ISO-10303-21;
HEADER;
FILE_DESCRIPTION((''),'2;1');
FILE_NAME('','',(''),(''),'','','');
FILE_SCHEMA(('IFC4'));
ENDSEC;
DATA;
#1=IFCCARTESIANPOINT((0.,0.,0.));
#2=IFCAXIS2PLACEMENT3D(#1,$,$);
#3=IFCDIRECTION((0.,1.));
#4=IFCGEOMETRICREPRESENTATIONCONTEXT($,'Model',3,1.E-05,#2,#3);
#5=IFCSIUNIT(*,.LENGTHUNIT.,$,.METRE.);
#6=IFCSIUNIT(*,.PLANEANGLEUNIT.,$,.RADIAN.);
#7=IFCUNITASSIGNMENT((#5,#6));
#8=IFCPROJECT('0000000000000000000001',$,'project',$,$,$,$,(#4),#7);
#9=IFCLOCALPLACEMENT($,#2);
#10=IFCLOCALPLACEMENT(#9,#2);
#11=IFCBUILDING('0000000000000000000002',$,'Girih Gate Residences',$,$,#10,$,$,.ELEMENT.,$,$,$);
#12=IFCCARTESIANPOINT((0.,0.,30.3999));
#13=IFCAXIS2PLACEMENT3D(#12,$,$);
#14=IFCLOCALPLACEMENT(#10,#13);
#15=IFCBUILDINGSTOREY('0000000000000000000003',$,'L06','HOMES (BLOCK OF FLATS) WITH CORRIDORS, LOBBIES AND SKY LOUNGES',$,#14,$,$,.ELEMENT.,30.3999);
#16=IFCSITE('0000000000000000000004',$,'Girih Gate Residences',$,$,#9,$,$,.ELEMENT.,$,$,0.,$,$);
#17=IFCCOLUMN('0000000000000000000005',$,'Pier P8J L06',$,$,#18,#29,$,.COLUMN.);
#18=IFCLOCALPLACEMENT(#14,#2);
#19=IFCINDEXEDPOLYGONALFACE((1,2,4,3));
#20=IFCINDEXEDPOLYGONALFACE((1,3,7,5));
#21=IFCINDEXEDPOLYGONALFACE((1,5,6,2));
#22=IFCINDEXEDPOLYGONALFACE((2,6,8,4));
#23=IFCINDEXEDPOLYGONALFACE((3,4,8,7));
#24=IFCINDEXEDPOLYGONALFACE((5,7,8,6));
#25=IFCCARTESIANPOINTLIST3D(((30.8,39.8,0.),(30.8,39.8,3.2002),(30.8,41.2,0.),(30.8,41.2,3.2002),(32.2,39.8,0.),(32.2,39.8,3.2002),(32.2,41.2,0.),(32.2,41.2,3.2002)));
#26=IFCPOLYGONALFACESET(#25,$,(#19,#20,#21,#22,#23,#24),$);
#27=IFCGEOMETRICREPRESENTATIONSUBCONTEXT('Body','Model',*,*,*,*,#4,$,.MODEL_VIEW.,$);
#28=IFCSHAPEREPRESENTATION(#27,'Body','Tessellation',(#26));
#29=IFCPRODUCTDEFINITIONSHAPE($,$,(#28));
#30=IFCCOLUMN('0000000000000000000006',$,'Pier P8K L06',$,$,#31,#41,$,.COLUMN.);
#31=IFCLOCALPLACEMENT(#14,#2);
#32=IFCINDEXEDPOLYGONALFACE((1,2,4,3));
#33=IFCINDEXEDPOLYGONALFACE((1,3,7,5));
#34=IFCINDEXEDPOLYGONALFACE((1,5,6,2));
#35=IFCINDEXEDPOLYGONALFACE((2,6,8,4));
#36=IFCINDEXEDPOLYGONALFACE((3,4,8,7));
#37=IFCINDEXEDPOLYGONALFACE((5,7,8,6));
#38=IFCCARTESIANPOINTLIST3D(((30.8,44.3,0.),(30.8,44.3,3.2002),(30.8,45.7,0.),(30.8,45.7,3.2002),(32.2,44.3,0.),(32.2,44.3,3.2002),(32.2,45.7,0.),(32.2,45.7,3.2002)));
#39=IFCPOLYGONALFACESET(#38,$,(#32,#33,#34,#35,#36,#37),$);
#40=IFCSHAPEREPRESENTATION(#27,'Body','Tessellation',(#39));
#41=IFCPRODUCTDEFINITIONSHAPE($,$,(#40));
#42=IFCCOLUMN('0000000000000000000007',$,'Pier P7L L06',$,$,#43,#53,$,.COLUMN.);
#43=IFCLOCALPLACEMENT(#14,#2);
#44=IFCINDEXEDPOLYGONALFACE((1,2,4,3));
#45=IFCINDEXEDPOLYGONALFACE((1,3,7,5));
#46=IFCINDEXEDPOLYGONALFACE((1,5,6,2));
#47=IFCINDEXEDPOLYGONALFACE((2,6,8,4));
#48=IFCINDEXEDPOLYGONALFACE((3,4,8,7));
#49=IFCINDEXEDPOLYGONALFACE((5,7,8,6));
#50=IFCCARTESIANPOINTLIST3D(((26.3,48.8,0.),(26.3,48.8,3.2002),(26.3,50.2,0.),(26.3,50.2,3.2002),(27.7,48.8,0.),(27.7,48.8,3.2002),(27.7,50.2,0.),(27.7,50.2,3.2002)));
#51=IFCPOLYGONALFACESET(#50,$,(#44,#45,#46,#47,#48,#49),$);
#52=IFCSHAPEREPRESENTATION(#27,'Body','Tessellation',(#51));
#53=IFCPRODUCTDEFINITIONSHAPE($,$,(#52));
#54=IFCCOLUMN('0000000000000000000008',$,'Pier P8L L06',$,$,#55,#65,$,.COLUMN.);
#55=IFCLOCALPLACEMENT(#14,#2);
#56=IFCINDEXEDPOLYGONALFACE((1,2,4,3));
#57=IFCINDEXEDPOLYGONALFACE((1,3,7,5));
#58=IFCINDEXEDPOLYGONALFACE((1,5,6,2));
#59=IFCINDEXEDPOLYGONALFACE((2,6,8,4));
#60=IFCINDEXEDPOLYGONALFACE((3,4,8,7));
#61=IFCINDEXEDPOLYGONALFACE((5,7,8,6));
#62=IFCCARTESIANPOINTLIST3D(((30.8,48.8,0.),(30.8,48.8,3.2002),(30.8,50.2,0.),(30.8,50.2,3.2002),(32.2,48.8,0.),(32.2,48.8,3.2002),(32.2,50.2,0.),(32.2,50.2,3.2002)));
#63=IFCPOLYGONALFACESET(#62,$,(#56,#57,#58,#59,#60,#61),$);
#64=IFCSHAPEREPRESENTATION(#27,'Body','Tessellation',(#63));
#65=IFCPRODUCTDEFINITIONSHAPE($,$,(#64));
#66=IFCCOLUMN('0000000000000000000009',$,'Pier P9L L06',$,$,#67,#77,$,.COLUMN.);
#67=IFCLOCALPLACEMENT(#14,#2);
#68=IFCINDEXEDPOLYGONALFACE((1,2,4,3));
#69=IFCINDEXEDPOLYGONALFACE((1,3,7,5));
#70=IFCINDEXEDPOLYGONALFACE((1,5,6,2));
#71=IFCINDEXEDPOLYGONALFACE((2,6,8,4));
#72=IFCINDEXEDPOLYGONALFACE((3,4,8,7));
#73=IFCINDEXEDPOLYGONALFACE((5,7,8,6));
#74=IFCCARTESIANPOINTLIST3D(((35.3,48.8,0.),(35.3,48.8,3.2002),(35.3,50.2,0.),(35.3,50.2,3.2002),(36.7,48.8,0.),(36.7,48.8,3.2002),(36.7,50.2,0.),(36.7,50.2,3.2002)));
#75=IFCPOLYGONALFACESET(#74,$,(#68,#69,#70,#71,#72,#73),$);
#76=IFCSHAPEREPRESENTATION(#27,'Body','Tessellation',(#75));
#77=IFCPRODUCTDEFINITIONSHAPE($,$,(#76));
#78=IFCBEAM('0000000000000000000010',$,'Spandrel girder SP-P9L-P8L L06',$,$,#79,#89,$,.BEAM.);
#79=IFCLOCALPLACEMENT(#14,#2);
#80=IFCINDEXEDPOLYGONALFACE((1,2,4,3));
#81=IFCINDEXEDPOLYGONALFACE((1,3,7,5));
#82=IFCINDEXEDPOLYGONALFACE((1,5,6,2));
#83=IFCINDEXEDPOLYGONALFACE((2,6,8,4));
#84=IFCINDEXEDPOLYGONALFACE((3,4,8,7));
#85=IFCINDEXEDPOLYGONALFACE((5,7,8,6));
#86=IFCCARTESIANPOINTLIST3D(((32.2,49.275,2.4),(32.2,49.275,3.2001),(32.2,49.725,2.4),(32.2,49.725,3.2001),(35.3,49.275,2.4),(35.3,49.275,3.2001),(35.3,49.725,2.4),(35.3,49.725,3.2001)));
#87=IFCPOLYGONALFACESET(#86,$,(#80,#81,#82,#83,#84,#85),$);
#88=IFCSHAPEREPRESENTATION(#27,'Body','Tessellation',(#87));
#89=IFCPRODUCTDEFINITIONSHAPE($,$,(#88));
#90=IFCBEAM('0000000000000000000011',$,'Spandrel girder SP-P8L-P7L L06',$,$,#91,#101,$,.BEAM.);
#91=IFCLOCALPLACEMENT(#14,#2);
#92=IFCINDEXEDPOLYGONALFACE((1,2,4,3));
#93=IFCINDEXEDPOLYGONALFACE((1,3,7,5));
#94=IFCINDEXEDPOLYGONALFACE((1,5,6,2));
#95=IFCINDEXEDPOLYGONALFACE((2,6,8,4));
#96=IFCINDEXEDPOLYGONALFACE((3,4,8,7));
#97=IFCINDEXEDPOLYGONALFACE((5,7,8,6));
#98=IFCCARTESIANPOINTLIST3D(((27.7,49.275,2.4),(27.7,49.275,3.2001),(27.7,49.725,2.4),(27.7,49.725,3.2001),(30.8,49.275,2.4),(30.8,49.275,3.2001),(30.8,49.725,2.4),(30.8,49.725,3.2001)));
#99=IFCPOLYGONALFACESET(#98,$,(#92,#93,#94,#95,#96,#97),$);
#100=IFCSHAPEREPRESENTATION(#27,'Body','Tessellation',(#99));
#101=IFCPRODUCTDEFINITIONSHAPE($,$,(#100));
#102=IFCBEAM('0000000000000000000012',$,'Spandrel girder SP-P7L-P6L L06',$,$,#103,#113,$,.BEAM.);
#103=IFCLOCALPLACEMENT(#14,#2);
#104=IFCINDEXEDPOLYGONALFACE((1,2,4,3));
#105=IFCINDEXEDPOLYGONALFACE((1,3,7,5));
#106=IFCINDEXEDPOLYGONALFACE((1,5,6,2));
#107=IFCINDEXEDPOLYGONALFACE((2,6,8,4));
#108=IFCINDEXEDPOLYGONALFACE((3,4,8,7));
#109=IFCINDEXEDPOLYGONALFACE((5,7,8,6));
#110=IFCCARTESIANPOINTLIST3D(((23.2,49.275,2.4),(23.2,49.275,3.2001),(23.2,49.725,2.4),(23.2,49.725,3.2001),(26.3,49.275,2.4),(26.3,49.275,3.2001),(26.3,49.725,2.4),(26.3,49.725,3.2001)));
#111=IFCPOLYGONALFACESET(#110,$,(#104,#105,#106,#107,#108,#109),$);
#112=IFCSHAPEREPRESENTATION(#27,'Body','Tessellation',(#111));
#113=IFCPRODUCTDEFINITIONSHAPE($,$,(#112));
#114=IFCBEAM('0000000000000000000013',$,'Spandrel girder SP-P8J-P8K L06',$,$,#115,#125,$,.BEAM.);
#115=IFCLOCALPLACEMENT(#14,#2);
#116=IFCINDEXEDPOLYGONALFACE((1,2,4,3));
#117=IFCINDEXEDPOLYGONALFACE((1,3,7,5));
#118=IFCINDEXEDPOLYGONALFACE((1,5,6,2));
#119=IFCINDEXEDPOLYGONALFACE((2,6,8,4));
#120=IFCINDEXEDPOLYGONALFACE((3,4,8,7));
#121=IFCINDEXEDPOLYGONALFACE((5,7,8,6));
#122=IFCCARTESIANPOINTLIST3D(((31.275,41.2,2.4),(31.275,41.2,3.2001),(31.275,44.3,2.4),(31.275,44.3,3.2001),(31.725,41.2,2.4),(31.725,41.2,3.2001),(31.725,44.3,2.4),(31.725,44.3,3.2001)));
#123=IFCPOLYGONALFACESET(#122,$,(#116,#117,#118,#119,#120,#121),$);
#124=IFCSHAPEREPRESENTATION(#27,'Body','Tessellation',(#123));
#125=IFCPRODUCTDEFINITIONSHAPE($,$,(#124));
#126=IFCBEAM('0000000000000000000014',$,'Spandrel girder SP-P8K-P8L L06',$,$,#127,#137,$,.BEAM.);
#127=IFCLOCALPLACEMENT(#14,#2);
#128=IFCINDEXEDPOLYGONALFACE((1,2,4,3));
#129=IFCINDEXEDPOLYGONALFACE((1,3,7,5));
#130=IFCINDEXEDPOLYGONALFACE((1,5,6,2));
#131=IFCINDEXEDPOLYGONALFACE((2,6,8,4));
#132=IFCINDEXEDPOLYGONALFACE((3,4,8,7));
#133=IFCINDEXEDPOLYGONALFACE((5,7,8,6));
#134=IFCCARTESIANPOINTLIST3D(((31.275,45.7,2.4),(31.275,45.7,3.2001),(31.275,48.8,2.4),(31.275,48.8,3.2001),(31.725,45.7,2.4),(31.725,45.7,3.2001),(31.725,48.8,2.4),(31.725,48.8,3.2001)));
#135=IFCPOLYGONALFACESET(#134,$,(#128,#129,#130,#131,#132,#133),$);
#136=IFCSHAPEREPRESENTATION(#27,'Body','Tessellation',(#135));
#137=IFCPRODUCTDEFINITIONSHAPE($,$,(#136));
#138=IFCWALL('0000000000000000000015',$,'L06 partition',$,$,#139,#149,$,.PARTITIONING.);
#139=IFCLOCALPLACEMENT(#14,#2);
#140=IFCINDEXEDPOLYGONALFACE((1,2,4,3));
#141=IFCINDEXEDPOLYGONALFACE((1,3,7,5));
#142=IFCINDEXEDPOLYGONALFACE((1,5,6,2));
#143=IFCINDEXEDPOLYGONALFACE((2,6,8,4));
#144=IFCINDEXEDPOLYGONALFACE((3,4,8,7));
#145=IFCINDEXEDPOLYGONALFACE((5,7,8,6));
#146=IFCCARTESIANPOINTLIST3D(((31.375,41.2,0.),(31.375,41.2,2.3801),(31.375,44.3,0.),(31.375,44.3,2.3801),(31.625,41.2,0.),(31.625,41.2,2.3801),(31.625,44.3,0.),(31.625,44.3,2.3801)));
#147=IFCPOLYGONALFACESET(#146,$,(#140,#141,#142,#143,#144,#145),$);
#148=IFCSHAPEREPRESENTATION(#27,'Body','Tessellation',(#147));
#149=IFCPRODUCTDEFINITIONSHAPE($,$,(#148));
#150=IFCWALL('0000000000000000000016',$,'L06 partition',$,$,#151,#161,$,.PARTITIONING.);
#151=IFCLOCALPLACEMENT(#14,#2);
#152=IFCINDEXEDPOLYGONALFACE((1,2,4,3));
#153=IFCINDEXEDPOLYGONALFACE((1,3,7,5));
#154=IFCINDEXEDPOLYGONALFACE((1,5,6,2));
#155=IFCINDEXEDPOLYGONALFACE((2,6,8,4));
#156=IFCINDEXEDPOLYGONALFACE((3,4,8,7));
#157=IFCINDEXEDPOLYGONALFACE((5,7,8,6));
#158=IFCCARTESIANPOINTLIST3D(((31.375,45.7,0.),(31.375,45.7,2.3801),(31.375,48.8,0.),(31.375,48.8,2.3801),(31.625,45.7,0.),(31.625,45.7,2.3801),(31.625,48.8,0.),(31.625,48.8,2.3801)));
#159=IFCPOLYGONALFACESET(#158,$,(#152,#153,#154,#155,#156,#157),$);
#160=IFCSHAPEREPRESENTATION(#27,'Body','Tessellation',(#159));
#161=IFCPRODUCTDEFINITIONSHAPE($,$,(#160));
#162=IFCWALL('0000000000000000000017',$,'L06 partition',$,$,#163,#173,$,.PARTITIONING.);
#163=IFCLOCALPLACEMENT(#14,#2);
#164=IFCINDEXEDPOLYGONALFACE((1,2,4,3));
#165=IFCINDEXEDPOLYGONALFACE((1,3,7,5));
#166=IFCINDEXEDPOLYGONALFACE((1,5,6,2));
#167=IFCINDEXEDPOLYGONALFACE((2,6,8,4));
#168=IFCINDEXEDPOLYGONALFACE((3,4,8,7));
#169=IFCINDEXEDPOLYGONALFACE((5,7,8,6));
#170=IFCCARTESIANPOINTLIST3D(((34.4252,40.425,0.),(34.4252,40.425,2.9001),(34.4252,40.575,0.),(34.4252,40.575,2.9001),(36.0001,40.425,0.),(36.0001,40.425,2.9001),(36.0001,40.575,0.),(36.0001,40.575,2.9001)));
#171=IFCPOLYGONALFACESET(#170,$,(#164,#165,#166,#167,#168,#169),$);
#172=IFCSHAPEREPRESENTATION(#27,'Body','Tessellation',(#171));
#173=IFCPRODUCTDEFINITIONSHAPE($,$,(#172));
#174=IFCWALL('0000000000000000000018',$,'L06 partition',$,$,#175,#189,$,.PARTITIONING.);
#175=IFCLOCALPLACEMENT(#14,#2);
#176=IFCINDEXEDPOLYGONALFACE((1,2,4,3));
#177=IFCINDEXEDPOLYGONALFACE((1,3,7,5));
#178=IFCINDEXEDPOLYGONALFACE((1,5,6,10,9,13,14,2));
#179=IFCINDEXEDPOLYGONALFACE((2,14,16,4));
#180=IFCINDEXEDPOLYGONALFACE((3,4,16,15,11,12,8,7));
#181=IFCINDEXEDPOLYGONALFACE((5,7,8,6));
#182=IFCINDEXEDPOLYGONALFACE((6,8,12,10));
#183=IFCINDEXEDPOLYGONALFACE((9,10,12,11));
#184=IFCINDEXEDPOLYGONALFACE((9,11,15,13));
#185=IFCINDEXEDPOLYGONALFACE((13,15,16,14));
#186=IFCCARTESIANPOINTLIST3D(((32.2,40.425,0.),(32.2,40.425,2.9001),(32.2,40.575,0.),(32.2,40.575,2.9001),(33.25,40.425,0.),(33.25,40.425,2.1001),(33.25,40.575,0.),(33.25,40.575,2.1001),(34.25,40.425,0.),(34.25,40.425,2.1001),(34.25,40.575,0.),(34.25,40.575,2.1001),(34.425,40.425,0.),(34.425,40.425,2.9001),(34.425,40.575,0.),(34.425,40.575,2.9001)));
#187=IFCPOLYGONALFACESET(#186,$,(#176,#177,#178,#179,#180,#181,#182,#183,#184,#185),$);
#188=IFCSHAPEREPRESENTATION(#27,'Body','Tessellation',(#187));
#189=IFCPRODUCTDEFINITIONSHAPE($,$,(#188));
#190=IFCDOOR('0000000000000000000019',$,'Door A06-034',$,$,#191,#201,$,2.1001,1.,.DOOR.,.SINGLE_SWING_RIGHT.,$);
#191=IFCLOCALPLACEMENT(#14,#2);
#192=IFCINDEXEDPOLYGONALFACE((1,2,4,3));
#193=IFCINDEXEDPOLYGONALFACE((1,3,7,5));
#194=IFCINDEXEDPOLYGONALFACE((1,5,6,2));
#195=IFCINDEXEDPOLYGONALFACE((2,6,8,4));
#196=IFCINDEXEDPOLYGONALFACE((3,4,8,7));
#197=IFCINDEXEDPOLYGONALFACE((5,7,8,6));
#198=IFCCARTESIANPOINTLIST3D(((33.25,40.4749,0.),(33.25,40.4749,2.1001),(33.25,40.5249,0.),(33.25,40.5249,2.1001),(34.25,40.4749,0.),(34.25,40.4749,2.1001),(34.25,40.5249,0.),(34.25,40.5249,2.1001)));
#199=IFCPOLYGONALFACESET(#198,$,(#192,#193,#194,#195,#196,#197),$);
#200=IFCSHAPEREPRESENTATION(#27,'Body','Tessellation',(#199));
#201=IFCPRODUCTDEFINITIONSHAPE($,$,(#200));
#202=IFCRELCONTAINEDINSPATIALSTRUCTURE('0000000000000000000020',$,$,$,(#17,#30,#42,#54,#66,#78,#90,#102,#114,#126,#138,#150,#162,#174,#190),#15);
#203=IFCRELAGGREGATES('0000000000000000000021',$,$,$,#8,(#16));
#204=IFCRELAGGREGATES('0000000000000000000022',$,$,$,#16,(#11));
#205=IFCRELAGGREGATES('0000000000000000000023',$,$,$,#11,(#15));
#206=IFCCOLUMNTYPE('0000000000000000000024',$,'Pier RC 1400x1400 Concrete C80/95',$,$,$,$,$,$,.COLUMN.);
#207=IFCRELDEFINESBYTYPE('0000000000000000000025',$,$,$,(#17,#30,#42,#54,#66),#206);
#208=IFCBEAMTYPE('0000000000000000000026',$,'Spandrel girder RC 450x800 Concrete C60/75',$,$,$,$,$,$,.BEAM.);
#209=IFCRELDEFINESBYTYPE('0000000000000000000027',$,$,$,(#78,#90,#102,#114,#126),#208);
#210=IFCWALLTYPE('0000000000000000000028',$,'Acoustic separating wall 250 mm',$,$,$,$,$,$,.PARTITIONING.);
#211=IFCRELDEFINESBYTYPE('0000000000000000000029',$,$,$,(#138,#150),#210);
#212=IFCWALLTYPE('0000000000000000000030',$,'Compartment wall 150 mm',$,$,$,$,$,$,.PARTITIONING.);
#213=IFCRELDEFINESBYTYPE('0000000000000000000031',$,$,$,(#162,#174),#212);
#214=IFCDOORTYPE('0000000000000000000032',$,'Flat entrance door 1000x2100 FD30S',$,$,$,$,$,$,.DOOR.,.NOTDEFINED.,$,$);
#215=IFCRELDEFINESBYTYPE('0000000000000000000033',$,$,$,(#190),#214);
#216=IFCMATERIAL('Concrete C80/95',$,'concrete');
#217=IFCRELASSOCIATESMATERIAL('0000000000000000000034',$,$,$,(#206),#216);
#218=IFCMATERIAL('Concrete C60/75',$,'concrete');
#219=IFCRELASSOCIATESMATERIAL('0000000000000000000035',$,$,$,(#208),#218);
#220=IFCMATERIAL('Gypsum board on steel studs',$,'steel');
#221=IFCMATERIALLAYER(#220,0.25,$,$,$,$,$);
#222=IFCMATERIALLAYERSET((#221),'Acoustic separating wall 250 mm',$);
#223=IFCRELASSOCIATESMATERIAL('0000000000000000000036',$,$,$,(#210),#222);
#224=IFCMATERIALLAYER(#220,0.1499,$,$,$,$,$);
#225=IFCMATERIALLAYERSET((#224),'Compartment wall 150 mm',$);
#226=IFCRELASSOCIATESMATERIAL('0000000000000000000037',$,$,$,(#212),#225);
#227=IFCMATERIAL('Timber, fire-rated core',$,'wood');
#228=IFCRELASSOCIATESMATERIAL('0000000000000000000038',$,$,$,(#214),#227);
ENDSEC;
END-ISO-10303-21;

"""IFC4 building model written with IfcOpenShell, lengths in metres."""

from ifc_helpers import new_model, si_unit, direction, frame, frame_2d, origin, origin_2d, place, context, subcontext, project, spatial, rectangle, extrude, material, layer, layer_set, material_profile, profile_set, type_object, element, fill, save


model = new_model("IFC4")

# Units and contexts
model_context = context("Model", 3, precision=1e-05, world=origin(), true_north=direction((0.0, 1.0)))
body_context = subcontext(model_context, "Body", "Model", "MODEL_VIEW")
ifc_project = project(units=[si_unit("LENGTHUNIT", "METRE"), si_unit("PLANEANGLEUNIT", "RADIAN")], contexts=[model_context])

# Site, building, storey
site_placement = place(None, origin())
site = spatial("IfcSite", under=ifc_project, at=site_placement, Name="Girih Gate Residences", CompositionType="ELEMENT", RefElevation=0.0)
building_placement = place(site_placement, origin())
building = spatial("IfcBuilding", under=site, at=building_placement, Name="Girih Gate Residences", CompositionType="ELEMENT")
storey_placement = place(building_placement, frame((0.0, 0.0, 30.3999)))
storey = spatial("IfcBuildingStorey", under=building, at=storey_placement, Name="L06", Description="HOMES (BLOCK OF FLATS) WITH CORRIDORS, LOBBIES AND SKY LOUNGES", CompositionType="ELEMENT", Elevation=30.3999)

# Columns
ifc_material_1 = material(Name="Concrete C80/95", Category="concrete")
ifc_material_profile_1 = material_profile(ifc_material_1, rectangle(XDim=1.3999, YDim=1.3999, at=origin_2d()))
ifc_profile_set_1 = profile_set([ifc_material_profile_1], Name="Concrete C80/95")
column_type = type_object("IfcColumnType", Name="Pier RC 1400x1400 Concrete C80/95", PredefinedType="COLUMN", material=ifc_profile_set_1)
for number, where, z_axis, x_axis, name in (
    (1, (31.5, 40.5, 0.0), (0.0, 0.0, 1.0), (1.0, 0.0, 0.0), "Pier P8J L06"),
    (2, (31.5, 45.0, 0.0), (0.0, 0.0, 1.0), (1.0, 0.0, 0.0), "Pier P8K L06"),
    (3, (27.0, 49.5, 0.0), (0.0, 0.0, 1.0), (1.0, 0.0, 0.0), "Pier P7L L06"),
    (4, (31.5, 49.5, 0.0), (0.0, 0.0, 1.0), (1.0, 0.0, 0.0), "Pier P8L L06"),
    (5, (36.0, 49.5, 0.0), (0.0, 0.0, 1.0), (1.0, 0.0, 0.0), "Pier P9L L06"),
):
    element("IfcColumn", number, at=place(storey_placement, frame(where, z_axis=z_axis, x_axis=x_axis)), inside=storey, type_object=column_type, Name=name, PredefinedType="COLUMN", context=body_context, shape_type="SweptSolid", body=[
        extrude(rectangle(XDim=1.3999, YDim=1.3999, at=origin_2d()), origin(), (0.0, 0.0, 1.0), 3.2002),
    ])

# Beams
ifc_material_2 = material(Name="Concrete C60/75", Category="concrete")
ifc_material_profile_2 = material_profile(ifc_material_2, rectangle(XDim=0.45, YDim=0.8, at=origin_2d()))
ifc_profile_set_2 = profile_set([ifc_material_profile_2], Name="Concrete C60/75")
beam_type = type_object("IfcBeamType", Name="Spandrel girder RC 450x800 Concrete C60/75", PredefinedType="BEAM", material=ifc_profile_set_2)
for number, where, z_axis, x_axis, name in (
    (6, (35.3, 49.5, 2.8), (-1.0, 0.0, 0.0), (0.0, -1.0, 0.0), "Spandrel girder SP-P9L-P8L L06"),
    (7, (30.8, 49.5, 2.8), (-1.0, 0.0, 0.0), (0.0, -1.0, 0.0), "Spandrel girder SP-P8L-P7L L06"),
    (8, (26.3, 49.5, 2.8), (-1.0, 0.0, 0.0), (0.0, -1.0, 0.0), "Spandrel girder SP-P7L-P6L L06"),
    (9, (31.5, 41.2, 2.8), (0.0, 1.0, 0.0), (-1.0, 0.0, 0.0), "Spandrel girder SP-P8J-P8K L06"),
    (10, (31.5, 45.7, 2.8), (0.0, 1.0, 0.0), (-1.0, 0.0, 0.0), "Spandrel girder SP-P8K-P8L L06"),
):
    element("IfcBeam", number, at=place(storey_placement, frame(where, z_axis=z_axis, x_axis=x_axis)), inside=storey, type_object=beam_type, Name=name, PredefinedType="BEAM", context=body_context, shape_type="SweptSolid", body=[
        extrude(rectangle(XDim=0.45, YDim=0.8, at=origin_2d()), origin(), (0.0, 0.0, 1.0), 3.1001),
    ])

# Walls
ifc_material_3 = material(Name="Gypsum board on steel studs", Category="steel")
ifc_layer_1 = layer(ifc_material_3, 0.25)
ifc_layer_set_1 = layer_set([ifc_layer_1], Name="Acoustic separating wall 250 mm")
wall_type_1 = type_object("IfcWallType", Name="Acoustic separating wall 250 mm", PredefinedType="PARTITIONING", material=ifc_layer_set_1)
for number, where, z_axis, x_axis, name in (
    (11, (31.5, 41.2, 0.0), (0.0, 0.0, 1.0), (0.0, 1.0, 0.0), "L06 partition"),
    (12, (31.5, 45.7, 0.0), (0.0, 0.0, 1.0), (0.0, 1.0, 0.0), "L06 partition"),
):
    element("IfcWall", number, at=place(storey_placement, frame(where, z_axis=z_axis, x_axis=x_axis)), inside=storey, type_object=wall_type_1, Name=name, PredefinedType="PARTITIONING", context=body_context, shape_type="SweptSolid", body=[
        extrude(rectangle(XDim=3.1001, YDim=0.25, at=frame_2d((1.55, 0.0))), origin(), (0.0, 0.0, 1.0), 2.3801),
    ])
ifc_layer_2 = layer(ifc_material_3, 0.1499)
ifc_layer_set_2 = layer_set([ifc_layer_2], Name="Compartment wall 150 mm")
wall_type_2 = type_object("IfcWallType", Name="Compartment wall 150 mm", PredefinedType="PARTITIONING", material=ifc_layer_set_2)
wall_1_placement = place(storey_placement, frame((34.425, 40.5, 0.0), z_axis=(0.0, 0.0, 1.0), x_axis=(1.0, 0.0, 0.0)))
element("IfcWall", 13, at=wall_1_placement, inside=storey, type_object=wall_type_2, Name="L06 partition", PredefinedType="PARTITIONING", context=body_context, shape_type="SweptSolid", body=[
    extrude(rectangle(XDim=1.575, YDim=0.1499, at=frame_2d((0.7876, 0.0))), origin(), (0.0, 0.0, 1.0), 2.9001),
])

# Wall, opening, door
wall_2_placement = place(storey_placement, frame((32.2, 40.5, 0.0), z_axis=(0.0, 0.0, 1.0), x_axis=(1.0, 0.0, 0.0)))
wall_2 = element("IfcWall", 14, at=wall_2_placement, inside=storey, type_object=wall_type_2, Name="L06 partition", PredefinedType="PARTITIONING", context=body_context, shape_type="SweptSolid", body=[
    extrude(rectangle(XDim=2.2251, YDim=0.1499, at=frame_2d((1.1125, 0.0))), origin(), (0.0, 0.0, 1.0), 2.9001),
])
opening_1_placement = place(wall_2_placement, frame((1.05, 0.0, 0.0)))
opening_1 = element("IfcOpeningElement", 15, at=opening_1_placement, cuts=wall_2, PredefinedType="OPENING", context=body_context, shape_type="SweptSolid", body=[
    extrude(rectangle(XDim=1.0, YDim=2.1001, at=frame_2d((0.5, 1.05))), frame((0.0, 0.085, 0.0), z_axis=(0.0, -1.0, 0.0), x_axis=(1.0, 0.0, 0.0)), (0.0, 0.0, 1.0), 0.1699),
])
ifc_material_4 = material(Name="Timber, fire-rated core", Category="wood")
door_type_1 = type_object("IfcDoorType", Name="Flat entrance door 1000x2100 FD30S", OperationType="NOTDEFINED", PredefinedType="DOOR", material=ifc_material_4)
door_1_placement = place(opening_1_placement, origin())
door_1 = element("IfcDoor", 16, at=door_1_placement, inside=storey, type_object=door_type_1, Name="Door A06-034", OperationType="SINGLE_SWING_RIGHT", OverallHeight=2.1001, OverallWidth=1.0, PredefinedType="DOOR", context=body_context, shape_type="SweptSolid", body=[
    extrude(rectangle(XDim=1.0, YDim=2.1001, at=frame_2d((0.5, 1.05))), frame((0.0, 0.0249, 0.0), z_axis=(0.0, -1.0, 0.0), x_axis=(1.0, 0.0, 0.0)), (0.0, 0.0, 1.0), 0.05),
])
fill(opening_1, door_1)

save(model, "model.ifc")
